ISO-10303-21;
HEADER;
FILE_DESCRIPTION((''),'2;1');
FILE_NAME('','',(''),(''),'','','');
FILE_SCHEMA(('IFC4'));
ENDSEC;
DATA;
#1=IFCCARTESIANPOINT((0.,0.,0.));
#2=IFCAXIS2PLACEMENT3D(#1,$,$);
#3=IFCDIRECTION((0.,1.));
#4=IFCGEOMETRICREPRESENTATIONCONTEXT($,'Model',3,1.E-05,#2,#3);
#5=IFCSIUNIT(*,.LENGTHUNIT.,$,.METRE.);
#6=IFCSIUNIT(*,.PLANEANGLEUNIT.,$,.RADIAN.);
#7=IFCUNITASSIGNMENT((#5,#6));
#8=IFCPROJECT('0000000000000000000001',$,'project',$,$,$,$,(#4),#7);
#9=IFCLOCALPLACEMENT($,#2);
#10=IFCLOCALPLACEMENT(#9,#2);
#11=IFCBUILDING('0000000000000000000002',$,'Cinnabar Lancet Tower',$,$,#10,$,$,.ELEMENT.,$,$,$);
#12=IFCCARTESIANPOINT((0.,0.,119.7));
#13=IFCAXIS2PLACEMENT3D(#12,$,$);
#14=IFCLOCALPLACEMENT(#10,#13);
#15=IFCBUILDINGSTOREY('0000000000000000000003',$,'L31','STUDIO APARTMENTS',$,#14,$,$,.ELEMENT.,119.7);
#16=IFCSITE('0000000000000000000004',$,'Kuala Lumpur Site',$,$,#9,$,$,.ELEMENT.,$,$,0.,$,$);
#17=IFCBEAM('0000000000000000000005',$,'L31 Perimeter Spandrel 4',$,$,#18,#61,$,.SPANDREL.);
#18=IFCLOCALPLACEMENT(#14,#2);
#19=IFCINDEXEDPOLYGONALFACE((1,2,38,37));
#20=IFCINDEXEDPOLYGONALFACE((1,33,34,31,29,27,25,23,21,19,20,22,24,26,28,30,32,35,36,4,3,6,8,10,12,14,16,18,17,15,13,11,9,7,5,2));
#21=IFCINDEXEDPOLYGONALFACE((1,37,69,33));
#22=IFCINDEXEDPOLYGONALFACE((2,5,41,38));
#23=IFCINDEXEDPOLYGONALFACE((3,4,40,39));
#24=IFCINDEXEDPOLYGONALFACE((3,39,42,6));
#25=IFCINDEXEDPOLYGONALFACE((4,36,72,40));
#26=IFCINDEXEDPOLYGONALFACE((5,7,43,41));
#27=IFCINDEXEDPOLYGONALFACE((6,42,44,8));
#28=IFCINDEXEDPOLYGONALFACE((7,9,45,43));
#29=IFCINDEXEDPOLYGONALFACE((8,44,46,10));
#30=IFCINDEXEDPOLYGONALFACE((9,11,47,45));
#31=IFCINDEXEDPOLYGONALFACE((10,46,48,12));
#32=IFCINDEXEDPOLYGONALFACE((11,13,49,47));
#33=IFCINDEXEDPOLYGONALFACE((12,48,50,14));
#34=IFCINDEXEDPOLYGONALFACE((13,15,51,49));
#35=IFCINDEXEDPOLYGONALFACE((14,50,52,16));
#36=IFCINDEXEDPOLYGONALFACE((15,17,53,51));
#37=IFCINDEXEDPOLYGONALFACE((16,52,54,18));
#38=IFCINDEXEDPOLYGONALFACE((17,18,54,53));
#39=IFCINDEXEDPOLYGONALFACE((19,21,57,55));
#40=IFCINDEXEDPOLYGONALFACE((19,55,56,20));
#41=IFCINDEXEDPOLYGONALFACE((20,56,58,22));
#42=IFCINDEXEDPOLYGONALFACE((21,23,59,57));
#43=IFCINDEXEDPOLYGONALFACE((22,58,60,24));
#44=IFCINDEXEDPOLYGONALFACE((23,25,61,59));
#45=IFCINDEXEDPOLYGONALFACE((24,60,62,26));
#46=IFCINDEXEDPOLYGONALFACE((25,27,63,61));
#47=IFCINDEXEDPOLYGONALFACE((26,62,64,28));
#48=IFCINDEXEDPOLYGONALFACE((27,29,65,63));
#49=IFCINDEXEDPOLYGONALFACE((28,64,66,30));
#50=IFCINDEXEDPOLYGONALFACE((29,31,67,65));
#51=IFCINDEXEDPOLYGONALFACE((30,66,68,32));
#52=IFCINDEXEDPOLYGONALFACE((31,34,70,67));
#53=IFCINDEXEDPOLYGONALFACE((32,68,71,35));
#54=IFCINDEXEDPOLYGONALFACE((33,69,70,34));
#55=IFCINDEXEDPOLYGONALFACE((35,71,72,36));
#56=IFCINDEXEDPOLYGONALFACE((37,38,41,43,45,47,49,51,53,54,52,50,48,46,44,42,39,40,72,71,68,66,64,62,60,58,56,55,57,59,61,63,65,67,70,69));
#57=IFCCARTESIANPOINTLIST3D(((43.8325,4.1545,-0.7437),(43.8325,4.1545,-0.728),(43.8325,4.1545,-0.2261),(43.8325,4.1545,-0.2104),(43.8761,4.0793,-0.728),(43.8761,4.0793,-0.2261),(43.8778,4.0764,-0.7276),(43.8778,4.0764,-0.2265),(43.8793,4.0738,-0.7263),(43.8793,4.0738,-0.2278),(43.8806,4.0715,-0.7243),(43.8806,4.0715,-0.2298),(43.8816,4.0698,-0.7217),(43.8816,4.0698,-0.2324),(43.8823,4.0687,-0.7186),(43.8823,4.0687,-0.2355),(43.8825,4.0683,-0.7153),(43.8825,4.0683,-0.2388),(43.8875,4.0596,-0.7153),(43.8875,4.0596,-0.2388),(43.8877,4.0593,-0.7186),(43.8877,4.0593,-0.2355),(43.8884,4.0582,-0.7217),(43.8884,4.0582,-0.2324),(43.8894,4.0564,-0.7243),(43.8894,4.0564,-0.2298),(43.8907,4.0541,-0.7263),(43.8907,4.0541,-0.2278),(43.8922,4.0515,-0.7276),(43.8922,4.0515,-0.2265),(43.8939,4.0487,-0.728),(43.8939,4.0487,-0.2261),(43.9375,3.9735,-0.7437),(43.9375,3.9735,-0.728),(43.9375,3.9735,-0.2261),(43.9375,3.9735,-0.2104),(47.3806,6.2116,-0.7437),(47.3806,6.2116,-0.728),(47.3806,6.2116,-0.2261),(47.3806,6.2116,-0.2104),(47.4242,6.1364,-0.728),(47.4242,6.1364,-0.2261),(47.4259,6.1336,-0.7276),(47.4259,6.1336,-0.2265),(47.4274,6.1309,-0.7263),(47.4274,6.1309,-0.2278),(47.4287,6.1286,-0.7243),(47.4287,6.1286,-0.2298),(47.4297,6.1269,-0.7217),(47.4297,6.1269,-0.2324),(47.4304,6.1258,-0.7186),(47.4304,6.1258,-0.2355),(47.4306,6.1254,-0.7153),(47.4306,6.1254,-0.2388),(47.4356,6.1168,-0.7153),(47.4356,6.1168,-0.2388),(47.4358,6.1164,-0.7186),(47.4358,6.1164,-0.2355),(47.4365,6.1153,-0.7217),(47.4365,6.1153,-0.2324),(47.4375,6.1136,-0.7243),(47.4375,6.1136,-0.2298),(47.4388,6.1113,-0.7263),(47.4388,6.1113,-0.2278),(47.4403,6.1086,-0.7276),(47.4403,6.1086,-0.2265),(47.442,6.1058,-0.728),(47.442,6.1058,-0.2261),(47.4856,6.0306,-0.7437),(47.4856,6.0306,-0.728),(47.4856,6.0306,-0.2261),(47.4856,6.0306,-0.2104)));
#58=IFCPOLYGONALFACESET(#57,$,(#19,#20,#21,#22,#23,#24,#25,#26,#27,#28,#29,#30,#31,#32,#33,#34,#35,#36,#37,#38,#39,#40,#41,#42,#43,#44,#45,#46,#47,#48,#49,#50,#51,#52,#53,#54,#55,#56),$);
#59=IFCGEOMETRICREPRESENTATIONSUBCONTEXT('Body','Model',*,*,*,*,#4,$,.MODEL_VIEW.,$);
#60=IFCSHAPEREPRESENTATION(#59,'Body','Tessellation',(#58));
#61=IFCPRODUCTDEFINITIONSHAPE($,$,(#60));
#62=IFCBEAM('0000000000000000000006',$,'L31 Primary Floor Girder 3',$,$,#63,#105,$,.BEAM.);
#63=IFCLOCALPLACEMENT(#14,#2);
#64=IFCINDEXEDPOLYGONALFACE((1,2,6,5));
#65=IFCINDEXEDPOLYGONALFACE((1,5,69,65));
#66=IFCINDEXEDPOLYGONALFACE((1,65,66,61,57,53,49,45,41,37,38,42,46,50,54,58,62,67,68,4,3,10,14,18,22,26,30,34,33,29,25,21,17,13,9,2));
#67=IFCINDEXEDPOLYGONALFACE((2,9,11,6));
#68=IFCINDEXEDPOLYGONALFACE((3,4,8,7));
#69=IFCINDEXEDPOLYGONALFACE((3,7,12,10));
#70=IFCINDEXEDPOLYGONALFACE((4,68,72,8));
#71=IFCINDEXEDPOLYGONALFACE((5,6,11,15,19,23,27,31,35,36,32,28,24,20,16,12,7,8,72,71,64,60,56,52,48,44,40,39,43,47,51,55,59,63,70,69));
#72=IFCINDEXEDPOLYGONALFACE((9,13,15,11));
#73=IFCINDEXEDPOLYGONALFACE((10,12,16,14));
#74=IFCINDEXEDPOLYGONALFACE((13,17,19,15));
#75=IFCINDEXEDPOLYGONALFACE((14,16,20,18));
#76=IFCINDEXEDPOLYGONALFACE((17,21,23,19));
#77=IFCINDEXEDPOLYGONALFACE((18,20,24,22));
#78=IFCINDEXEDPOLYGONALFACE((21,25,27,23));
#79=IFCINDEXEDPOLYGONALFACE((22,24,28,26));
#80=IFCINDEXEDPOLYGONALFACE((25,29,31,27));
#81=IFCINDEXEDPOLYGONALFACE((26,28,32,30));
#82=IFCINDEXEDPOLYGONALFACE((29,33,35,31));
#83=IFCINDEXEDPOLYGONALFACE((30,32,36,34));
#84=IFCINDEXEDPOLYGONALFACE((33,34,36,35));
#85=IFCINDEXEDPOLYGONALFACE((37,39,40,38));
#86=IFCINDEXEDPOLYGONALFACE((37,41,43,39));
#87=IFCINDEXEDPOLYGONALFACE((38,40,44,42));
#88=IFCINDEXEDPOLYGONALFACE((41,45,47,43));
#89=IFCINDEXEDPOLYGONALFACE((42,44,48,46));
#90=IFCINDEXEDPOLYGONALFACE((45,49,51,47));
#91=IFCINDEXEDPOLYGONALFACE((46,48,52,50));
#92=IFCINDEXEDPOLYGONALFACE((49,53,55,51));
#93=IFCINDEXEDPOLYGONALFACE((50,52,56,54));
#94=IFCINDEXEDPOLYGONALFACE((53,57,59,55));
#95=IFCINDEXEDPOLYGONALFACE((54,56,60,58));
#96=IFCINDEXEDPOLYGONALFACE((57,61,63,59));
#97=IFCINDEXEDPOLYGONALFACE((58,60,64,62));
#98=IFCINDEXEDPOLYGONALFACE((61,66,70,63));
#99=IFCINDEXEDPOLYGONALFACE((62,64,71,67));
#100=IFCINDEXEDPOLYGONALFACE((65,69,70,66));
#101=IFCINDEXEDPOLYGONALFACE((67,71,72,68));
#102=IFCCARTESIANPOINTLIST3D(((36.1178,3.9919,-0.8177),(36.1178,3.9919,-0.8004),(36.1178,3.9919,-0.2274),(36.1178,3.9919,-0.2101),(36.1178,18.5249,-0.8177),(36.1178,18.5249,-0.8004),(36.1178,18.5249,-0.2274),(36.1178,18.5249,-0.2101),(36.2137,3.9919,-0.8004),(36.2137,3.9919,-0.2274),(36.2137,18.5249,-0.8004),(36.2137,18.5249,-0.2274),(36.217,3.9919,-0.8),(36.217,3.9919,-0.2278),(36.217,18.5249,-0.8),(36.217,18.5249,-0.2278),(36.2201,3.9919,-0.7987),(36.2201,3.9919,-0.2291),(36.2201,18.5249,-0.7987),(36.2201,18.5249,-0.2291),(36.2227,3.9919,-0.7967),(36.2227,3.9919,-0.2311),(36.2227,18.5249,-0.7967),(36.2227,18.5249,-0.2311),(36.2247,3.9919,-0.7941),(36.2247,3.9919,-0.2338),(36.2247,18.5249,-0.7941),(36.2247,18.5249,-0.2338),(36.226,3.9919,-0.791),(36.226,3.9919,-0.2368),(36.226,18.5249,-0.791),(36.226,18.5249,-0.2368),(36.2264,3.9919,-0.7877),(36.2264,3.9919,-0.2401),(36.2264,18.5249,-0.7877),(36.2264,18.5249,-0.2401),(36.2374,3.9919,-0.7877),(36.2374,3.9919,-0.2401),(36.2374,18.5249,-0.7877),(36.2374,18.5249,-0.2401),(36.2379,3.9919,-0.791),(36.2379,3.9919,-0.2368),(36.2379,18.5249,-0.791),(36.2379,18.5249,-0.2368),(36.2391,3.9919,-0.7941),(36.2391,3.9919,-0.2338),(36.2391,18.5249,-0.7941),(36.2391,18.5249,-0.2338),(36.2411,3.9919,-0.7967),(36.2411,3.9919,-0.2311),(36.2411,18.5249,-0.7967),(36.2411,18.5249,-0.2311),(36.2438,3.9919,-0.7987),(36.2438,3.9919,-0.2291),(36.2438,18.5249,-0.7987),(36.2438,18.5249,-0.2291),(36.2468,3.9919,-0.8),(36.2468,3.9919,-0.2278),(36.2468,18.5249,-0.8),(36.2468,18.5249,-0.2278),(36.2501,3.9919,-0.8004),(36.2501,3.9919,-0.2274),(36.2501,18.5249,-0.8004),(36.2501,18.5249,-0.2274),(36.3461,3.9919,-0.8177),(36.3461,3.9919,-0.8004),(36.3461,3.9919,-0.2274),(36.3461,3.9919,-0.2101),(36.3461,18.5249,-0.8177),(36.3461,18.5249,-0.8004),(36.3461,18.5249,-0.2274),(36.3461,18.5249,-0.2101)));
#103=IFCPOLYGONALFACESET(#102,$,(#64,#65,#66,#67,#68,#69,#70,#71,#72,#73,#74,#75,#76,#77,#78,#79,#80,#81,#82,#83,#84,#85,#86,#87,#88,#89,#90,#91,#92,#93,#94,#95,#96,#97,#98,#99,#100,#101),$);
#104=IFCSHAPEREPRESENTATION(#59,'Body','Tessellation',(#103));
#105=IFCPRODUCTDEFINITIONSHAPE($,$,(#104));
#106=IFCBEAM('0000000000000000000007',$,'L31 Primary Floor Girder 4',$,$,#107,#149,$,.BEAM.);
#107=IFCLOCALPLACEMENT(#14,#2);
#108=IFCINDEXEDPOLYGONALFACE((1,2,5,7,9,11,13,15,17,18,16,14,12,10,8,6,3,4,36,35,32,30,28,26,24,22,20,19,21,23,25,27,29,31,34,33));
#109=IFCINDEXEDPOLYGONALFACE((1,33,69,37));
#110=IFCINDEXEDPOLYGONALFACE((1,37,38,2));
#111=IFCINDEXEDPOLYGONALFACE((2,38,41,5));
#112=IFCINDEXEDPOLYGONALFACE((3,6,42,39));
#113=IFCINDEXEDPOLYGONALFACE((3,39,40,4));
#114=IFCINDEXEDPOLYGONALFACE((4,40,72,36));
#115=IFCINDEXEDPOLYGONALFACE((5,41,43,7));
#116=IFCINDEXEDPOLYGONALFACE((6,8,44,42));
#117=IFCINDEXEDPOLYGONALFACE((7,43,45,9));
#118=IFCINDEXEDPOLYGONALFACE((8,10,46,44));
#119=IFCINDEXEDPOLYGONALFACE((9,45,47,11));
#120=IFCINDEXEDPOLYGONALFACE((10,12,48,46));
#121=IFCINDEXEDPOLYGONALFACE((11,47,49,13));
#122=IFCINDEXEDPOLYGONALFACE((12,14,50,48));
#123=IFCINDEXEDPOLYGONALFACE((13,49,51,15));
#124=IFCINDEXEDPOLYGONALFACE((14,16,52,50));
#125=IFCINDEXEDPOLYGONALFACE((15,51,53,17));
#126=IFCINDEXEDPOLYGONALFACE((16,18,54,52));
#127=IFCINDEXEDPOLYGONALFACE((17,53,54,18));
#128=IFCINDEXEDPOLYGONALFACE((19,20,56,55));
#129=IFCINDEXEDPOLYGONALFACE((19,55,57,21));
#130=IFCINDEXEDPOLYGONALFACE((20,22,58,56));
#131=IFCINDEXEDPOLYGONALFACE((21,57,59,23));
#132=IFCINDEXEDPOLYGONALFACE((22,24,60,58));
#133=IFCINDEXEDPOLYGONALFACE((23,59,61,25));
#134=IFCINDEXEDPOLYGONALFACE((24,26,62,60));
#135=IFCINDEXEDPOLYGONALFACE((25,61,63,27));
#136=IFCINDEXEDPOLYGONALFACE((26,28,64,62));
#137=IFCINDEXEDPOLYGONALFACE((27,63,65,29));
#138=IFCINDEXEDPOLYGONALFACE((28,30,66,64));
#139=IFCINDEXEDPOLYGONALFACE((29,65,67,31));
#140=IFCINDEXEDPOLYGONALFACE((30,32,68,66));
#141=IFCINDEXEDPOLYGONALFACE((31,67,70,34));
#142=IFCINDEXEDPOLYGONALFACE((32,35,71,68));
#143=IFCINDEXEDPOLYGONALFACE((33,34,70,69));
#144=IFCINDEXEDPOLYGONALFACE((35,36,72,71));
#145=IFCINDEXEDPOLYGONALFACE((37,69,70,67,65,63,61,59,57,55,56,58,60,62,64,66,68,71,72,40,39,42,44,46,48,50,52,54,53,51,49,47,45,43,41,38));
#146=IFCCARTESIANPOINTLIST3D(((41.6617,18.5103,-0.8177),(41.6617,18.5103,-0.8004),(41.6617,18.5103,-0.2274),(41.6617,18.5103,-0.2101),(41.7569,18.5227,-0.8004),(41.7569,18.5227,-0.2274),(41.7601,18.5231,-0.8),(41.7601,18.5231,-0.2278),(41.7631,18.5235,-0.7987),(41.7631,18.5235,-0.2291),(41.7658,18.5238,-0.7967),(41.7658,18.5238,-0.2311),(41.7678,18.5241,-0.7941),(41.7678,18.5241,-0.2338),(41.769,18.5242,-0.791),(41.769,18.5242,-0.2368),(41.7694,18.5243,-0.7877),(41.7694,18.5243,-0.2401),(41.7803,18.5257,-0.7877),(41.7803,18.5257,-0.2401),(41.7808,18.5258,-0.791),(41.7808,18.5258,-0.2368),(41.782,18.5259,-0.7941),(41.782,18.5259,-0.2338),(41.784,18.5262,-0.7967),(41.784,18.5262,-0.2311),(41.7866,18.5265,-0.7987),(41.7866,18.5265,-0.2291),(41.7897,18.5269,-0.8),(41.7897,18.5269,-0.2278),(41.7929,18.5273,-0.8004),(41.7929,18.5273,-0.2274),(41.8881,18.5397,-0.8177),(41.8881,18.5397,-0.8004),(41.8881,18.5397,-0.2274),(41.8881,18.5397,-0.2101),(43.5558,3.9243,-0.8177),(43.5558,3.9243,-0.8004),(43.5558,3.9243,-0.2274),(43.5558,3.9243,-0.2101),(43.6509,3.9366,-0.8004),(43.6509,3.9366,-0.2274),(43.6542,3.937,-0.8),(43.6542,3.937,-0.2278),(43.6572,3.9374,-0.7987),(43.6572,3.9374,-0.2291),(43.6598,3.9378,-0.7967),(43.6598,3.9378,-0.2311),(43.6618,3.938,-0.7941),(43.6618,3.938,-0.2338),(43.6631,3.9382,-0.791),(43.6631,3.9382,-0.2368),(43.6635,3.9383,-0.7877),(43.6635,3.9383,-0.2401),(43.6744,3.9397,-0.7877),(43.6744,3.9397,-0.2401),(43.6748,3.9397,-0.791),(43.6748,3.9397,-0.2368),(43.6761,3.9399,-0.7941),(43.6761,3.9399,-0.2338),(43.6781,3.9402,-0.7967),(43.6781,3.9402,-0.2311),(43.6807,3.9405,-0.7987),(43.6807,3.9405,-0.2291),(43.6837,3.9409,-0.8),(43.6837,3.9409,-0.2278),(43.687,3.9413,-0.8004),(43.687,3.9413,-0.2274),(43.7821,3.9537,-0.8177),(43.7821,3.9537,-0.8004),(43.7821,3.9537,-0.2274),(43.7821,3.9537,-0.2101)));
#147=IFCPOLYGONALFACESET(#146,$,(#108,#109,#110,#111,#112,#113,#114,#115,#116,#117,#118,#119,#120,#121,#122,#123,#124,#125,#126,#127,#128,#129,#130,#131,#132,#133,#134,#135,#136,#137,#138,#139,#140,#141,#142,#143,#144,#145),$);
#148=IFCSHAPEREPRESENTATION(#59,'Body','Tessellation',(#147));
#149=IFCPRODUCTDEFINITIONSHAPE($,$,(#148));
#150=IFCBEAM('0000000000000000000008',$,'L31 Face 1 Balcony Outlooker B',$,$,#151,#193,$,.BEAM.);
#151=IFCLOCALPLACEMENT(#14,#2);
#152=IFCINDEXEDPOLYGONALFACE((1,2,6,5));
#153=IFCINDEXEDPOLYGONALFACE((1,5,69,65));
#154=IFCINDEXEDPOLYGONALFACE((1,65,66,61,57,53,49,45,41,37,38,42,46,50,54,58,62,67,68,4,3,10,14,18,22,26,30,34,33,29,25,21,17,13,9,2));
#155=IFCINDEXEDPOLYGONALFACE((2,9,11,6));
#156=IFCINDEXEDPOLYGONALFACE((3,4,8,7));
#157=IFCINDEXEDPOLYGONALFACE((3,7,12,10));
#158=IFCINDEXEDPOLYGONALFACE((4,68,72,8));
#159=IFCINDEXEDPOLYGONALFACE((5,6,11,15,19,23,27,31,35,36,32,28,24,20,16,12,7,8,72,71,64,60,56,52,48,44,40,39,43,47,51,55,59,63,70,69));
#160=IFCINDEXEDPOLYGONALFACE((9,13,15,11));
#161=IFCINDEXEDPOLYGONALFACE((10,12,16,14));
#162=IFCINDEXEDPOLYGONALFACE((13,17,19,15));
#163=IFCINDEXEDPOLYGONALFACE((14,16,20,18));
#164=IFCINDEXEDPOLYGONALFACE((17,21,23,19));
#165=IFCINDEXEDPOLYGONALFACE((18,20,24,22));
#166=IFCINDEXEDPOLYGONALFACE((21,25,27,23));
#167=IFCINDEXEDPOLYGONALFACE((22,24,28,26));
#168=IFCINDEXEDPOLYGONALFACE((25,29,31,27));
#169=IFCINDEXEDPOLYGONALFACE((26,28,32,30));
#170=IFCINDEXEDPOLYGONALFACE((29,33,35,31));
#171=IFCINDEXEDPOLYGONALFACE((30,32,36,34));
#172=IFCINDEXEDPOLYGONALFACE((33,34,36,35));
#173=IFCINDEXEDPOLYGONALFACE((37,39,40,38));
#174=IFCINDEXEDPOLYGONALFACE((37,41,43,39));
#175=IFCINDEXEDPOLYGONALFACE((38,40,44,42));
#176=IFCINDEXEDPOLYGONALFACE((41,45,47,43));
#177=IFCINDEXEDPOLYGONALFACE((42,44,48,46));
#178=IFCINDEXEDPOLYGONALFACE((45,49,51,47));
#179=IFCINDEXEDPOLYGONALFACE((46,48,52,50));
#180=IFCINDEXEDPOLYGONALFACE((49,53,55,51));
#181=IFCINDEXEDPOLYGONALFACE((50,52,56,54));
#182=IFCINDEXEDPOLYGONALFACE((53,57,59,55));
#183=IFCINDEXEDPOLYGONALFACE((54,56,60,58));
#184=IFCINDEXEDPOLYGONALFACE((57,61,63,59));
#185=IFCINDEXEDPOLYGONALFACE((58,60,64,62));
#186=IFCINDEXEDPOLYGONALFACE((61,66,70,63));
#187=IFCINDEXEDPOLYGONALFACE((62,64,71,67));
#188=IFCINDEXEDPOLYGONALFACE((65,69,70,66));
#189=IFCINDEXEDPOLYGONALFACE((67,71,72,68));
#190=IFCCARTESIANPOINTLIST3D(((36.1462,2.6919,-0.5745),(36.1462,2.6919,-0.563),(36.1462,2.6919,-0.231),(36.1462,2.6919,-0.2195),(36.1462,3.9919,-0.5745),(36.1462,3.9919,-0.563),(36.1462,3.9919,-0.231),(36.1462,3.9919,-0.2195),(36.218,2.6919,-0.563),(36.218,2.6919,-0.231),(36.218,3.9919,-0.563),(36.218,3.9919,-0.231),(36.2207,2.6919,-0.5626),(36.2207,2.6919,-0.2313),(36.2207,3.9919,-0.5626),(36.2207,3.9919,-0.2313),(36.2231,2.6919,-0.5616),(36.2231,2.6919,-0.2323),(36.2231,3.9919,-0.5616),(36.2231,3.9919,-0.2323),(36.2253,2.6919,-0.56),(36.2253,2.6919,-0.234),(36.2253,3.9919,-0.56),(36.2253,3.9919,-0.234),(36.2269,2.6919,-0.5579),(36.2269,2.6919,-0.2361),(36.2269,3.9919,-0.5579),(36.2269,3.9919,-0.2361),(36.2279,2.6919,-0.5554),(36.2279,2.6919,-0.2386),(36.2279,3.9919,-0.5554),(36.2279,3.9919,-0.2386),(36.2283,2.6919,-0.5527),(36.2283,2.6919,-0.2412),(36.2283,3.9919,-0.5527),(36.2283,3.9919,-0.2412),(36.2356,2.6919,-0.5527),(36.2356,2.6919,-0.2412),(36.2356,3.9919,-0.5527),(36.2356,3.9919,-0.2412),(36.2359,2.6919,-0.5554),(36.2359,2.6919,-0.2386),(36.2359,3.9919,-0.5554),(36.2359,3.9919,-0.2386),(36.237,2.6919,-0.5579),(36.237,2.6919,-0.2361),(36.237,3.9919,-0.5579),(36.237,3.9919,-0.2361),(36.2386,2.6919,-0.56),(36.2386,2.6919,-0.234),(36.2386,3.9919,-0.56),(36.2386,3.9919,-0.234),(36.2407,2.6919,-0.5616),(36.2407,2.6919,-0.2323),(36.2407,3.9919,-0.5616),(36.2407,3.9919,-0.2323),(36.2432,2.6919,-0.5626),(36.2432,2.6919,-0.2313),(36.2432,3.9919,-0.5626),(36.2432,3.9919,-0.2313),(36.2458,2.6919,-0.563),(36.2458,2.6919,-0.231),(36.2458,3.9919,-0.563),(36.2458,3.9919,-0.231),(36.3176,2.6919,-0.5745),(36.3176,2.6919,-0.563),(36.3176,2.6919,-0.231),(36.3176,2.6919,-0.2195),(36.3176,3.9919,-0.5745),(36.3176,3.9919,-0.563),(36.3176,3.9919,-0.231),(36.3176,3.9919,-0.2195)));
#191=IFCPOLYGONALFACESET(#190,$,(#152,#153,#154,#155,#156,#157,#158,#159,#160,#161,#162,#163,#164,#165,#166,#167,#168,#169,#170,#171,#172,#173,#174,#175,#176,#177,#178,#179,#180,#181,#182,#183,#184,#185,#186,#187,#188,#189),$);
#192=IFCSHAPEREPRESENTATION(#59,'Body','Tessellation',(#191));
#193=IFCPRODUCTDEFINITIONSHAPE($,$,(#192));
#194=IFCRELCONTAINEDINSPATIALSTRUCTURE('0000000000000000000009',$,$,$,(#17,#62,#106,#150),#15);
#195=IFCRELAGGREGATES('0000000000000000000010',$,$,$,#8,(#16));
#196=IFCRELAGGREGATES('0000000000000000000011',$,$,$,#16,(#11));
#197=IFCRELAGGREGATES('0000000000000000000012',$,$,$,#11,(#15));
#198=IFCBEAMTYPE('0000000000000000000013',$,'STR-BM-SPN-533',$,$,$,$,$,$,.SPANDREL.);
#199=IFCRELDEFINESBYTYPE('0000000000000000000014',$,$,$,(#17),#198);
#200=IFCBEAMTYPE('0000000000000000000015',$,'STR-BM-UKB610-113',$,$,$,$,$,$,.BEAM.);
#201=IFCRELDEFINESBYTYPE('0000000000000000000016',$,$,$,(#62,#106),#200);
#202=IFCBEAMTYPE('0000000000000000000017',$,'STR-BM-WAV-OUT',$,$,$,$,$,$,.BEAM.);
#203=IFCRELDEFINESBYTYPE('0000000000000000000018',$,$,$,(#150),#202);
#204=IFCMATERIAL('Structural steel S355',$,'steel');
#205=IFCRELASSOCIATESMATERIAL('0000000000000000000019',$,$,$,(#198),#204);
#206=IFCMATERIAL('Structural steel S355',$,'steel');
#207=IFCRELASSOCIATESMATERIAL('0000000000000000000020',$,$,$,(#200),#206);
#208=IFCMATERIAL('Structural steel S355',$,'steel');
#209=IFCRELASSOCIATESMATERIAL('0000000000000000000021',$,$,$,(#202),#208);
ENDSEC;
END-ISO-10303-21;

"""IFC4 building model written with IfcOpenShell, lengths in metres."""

from ifc_helpers import new_model, si_unit, direction, frame, origin, origin_2d, place, context, subcontext, project, spatial, i_section, extrude, material, material_profile, profile_set, type_object, element, save


model = new_model("IFC4")

# Units and contexts
model_context = context("Model", 3, precision=1e-05, world=origin(), true_north=direction((0.0, 1.0)))
body_context = subcontext(model_context, "Body", "Model", "MODEL_VIEW")
ifc_project = project(units=[si_unit("LENGTHUNIT", "METRE"), si_unit("PLANEANGLEUNIT", "RADIAN")], contexts=[model_context])

# Site, building, storey
site_placement = place(None, origin())
site = spatial("IfcSite", under=ifc_project, at=site_placement, Name="Kuala Lumpur Site", CompositionType="ELEMENT", RefElevation=0.0)
building_placement = place(site_placement, origin())
building = spatial("IfcBuilding", under=site, at=building_placement, Name="Cinnabar Lancet Tower", CompositionType="ELEMENT")
storey_placement = place(building_placement, frame((0.0, 0.0, 119.7)))
storey = spatial("IfcBuildingStorey", under=building, at=storey_placement, Name="L31", Description="STUDIO APARTMENTS", CompositionType="ELEMENT", Elevation=119.7)

# Beams
ifc_material_1 = material(Name="Structural steel S355", Category="steel")
ifc_material_profile_1 = material_profile(ifc_material_1, i_section(OverallWidth=0.2092, OverallDepth=0.5332, WebThickness=0.01, FlangeThickness=0.0156, FilletRadius=0.0127, at=origin_2d()), Name="UKB 533x210x92")
ifc_profile_set_1 = profile_set([ifc_material_profile_1], Name="Structural steel S355")
beam_type_1 = type_object("IfcBeamType", Name="STR-BM-SPN-533", PredefinedType="SPANDREL", material=ifc_profile_set_1)
beam_1_placement = place(storey_placement, frame((43.885, 4.064, -0.4771), z_axis=(0.865112, 0.501578, 0.0), x_axis=(-0.501578, 0.865112, 0.0)))
element("IfcBeam", 1, at=beam_1_placement, inside=storey, type_object=beam_type_1, Name="L31 Perimeter Spandrel 4", PredefinedType="SPANDREL", context=body_context, shape_type="SweptSolid", body=[
    extrude(i_section(OverallWidth=0.2092, OverallDepth=0.5332, WebThickness=0.01, FlangeThickness=0.0156, FilletRadius=0.0127, at=origin_2d()), origin(), (0.0, 0.0, 1.0), 4.1013),
])
ifc_material_2 = material(Name="Structural steel S355", Category="steel")
ifc_material_profile_2 = material_profile(ifc_material_2, i_section(OverallWidth=0.2283, OverallDepth=0.6077, WebThickness=0.011, FlangeThickness=0.0173, FilletRadius=0.0127, at=origin_2d()), Name="UKB 610x229x113")
ifc_profile_set_2 = profile_set([ifc_material_profile_2], Name="Structural steel S355")
beam_type_2 = type_object("IfcBeamType", Name="STR-BM-UKB610-113", PredefinedType="BEAM", material=ifc_profile_set_2)
beam_2_placement = place(storey_placement, frame((36.2319, 3.9919, -0.5139), z_axis=(0.0, 1.0, 0.0), x_axis=(-1.0, 0.0, 0.0)))
element("IfcBeam", 2, at=beam_2_placement, inside=storey, type_object=beam_type_2, Name="L31 Primary Floor Girder 3", PredefinedType="BEAM", context=body_context, shape_type="SweptSolid", body=[
    extrude(i_section(OverallWidth=0.2283, OverallDepth=0.6077, WebThickness=0.011, FlangeThickness=0.0173, FilletRadius=0.0127, at=origin_2d()), origin(), (0.0, 0.0, 1.0), 14.533),
])
beam_3_placement = place(storey_placement, frame((43.6689, 3.939, -0.5139), z_axis=(-0.128773, 0.991674, 0.0), x_axis=(-0.991674, -0.128773, 0.0)))
element("IfcBeam", 3, at=beam_3_placement, inside=storey, type_object=beam_type_2, Name="L31 Primary Floor Girder 4", PredefinedType="BEAM", context=body_context, shape_type="SweptSolid", body=[
    extrude(i_section(OverallWidth=0.2283, OverallDepth=0.6077, WebThickness=0.011, FlangeThickness=0.0173, FilletRadius=0.0127, at=origin_2d()), origin(), (0.0, 0.0, 1.0), 14.7085),
])
ifc_material_3 = material(Name="Structural steel S355", Category="steel")
ifc_material_profile_3 = material_profile(ifc_material_3, i_section(OverallWidth=0.1714, OverallDepth=0.355, WebThickness=0.0073, FlangeThickness=0.0115, FilletRadius=0.0103, at=origin_2d()), Name="UKB 356x171x51")
ifc_profile_set_3 = profile_set([ifc_material_profile_3], Name="Structural steel S355")
beam_type_3 = type_object("IfcBeamType", Name="STR-BM-WAV-OUT", PredefinedType="BEAM", material=ifc_profile_set_3)
beam_4_placement = place(storey_placement, frame((36.2319, 3.9919, -0.397), z_axis=(0.0, -1.0, 0.0), x_axis=(1.0, 0.0, 0.0)))
element("IfcBeam", 4, at=beam_4_placement, inside=storey, type_object=beam_type_3, Name="L31 Face 1 Balcony Outlooker B", PredefinedType="BEAM", context=body_context, shape_type="SweptSolid", body=[
    extrude(i_section(OverallWidth=0.1714, OverallDepth=0.355, WebThickness=0.0073, FlangeThickness=0.0115, FilletRadius=0.0103, at=origin_2d()), origin(), (0.0, 0.0, 1.0), 1.3),
])

save(model, "model.ifc")
